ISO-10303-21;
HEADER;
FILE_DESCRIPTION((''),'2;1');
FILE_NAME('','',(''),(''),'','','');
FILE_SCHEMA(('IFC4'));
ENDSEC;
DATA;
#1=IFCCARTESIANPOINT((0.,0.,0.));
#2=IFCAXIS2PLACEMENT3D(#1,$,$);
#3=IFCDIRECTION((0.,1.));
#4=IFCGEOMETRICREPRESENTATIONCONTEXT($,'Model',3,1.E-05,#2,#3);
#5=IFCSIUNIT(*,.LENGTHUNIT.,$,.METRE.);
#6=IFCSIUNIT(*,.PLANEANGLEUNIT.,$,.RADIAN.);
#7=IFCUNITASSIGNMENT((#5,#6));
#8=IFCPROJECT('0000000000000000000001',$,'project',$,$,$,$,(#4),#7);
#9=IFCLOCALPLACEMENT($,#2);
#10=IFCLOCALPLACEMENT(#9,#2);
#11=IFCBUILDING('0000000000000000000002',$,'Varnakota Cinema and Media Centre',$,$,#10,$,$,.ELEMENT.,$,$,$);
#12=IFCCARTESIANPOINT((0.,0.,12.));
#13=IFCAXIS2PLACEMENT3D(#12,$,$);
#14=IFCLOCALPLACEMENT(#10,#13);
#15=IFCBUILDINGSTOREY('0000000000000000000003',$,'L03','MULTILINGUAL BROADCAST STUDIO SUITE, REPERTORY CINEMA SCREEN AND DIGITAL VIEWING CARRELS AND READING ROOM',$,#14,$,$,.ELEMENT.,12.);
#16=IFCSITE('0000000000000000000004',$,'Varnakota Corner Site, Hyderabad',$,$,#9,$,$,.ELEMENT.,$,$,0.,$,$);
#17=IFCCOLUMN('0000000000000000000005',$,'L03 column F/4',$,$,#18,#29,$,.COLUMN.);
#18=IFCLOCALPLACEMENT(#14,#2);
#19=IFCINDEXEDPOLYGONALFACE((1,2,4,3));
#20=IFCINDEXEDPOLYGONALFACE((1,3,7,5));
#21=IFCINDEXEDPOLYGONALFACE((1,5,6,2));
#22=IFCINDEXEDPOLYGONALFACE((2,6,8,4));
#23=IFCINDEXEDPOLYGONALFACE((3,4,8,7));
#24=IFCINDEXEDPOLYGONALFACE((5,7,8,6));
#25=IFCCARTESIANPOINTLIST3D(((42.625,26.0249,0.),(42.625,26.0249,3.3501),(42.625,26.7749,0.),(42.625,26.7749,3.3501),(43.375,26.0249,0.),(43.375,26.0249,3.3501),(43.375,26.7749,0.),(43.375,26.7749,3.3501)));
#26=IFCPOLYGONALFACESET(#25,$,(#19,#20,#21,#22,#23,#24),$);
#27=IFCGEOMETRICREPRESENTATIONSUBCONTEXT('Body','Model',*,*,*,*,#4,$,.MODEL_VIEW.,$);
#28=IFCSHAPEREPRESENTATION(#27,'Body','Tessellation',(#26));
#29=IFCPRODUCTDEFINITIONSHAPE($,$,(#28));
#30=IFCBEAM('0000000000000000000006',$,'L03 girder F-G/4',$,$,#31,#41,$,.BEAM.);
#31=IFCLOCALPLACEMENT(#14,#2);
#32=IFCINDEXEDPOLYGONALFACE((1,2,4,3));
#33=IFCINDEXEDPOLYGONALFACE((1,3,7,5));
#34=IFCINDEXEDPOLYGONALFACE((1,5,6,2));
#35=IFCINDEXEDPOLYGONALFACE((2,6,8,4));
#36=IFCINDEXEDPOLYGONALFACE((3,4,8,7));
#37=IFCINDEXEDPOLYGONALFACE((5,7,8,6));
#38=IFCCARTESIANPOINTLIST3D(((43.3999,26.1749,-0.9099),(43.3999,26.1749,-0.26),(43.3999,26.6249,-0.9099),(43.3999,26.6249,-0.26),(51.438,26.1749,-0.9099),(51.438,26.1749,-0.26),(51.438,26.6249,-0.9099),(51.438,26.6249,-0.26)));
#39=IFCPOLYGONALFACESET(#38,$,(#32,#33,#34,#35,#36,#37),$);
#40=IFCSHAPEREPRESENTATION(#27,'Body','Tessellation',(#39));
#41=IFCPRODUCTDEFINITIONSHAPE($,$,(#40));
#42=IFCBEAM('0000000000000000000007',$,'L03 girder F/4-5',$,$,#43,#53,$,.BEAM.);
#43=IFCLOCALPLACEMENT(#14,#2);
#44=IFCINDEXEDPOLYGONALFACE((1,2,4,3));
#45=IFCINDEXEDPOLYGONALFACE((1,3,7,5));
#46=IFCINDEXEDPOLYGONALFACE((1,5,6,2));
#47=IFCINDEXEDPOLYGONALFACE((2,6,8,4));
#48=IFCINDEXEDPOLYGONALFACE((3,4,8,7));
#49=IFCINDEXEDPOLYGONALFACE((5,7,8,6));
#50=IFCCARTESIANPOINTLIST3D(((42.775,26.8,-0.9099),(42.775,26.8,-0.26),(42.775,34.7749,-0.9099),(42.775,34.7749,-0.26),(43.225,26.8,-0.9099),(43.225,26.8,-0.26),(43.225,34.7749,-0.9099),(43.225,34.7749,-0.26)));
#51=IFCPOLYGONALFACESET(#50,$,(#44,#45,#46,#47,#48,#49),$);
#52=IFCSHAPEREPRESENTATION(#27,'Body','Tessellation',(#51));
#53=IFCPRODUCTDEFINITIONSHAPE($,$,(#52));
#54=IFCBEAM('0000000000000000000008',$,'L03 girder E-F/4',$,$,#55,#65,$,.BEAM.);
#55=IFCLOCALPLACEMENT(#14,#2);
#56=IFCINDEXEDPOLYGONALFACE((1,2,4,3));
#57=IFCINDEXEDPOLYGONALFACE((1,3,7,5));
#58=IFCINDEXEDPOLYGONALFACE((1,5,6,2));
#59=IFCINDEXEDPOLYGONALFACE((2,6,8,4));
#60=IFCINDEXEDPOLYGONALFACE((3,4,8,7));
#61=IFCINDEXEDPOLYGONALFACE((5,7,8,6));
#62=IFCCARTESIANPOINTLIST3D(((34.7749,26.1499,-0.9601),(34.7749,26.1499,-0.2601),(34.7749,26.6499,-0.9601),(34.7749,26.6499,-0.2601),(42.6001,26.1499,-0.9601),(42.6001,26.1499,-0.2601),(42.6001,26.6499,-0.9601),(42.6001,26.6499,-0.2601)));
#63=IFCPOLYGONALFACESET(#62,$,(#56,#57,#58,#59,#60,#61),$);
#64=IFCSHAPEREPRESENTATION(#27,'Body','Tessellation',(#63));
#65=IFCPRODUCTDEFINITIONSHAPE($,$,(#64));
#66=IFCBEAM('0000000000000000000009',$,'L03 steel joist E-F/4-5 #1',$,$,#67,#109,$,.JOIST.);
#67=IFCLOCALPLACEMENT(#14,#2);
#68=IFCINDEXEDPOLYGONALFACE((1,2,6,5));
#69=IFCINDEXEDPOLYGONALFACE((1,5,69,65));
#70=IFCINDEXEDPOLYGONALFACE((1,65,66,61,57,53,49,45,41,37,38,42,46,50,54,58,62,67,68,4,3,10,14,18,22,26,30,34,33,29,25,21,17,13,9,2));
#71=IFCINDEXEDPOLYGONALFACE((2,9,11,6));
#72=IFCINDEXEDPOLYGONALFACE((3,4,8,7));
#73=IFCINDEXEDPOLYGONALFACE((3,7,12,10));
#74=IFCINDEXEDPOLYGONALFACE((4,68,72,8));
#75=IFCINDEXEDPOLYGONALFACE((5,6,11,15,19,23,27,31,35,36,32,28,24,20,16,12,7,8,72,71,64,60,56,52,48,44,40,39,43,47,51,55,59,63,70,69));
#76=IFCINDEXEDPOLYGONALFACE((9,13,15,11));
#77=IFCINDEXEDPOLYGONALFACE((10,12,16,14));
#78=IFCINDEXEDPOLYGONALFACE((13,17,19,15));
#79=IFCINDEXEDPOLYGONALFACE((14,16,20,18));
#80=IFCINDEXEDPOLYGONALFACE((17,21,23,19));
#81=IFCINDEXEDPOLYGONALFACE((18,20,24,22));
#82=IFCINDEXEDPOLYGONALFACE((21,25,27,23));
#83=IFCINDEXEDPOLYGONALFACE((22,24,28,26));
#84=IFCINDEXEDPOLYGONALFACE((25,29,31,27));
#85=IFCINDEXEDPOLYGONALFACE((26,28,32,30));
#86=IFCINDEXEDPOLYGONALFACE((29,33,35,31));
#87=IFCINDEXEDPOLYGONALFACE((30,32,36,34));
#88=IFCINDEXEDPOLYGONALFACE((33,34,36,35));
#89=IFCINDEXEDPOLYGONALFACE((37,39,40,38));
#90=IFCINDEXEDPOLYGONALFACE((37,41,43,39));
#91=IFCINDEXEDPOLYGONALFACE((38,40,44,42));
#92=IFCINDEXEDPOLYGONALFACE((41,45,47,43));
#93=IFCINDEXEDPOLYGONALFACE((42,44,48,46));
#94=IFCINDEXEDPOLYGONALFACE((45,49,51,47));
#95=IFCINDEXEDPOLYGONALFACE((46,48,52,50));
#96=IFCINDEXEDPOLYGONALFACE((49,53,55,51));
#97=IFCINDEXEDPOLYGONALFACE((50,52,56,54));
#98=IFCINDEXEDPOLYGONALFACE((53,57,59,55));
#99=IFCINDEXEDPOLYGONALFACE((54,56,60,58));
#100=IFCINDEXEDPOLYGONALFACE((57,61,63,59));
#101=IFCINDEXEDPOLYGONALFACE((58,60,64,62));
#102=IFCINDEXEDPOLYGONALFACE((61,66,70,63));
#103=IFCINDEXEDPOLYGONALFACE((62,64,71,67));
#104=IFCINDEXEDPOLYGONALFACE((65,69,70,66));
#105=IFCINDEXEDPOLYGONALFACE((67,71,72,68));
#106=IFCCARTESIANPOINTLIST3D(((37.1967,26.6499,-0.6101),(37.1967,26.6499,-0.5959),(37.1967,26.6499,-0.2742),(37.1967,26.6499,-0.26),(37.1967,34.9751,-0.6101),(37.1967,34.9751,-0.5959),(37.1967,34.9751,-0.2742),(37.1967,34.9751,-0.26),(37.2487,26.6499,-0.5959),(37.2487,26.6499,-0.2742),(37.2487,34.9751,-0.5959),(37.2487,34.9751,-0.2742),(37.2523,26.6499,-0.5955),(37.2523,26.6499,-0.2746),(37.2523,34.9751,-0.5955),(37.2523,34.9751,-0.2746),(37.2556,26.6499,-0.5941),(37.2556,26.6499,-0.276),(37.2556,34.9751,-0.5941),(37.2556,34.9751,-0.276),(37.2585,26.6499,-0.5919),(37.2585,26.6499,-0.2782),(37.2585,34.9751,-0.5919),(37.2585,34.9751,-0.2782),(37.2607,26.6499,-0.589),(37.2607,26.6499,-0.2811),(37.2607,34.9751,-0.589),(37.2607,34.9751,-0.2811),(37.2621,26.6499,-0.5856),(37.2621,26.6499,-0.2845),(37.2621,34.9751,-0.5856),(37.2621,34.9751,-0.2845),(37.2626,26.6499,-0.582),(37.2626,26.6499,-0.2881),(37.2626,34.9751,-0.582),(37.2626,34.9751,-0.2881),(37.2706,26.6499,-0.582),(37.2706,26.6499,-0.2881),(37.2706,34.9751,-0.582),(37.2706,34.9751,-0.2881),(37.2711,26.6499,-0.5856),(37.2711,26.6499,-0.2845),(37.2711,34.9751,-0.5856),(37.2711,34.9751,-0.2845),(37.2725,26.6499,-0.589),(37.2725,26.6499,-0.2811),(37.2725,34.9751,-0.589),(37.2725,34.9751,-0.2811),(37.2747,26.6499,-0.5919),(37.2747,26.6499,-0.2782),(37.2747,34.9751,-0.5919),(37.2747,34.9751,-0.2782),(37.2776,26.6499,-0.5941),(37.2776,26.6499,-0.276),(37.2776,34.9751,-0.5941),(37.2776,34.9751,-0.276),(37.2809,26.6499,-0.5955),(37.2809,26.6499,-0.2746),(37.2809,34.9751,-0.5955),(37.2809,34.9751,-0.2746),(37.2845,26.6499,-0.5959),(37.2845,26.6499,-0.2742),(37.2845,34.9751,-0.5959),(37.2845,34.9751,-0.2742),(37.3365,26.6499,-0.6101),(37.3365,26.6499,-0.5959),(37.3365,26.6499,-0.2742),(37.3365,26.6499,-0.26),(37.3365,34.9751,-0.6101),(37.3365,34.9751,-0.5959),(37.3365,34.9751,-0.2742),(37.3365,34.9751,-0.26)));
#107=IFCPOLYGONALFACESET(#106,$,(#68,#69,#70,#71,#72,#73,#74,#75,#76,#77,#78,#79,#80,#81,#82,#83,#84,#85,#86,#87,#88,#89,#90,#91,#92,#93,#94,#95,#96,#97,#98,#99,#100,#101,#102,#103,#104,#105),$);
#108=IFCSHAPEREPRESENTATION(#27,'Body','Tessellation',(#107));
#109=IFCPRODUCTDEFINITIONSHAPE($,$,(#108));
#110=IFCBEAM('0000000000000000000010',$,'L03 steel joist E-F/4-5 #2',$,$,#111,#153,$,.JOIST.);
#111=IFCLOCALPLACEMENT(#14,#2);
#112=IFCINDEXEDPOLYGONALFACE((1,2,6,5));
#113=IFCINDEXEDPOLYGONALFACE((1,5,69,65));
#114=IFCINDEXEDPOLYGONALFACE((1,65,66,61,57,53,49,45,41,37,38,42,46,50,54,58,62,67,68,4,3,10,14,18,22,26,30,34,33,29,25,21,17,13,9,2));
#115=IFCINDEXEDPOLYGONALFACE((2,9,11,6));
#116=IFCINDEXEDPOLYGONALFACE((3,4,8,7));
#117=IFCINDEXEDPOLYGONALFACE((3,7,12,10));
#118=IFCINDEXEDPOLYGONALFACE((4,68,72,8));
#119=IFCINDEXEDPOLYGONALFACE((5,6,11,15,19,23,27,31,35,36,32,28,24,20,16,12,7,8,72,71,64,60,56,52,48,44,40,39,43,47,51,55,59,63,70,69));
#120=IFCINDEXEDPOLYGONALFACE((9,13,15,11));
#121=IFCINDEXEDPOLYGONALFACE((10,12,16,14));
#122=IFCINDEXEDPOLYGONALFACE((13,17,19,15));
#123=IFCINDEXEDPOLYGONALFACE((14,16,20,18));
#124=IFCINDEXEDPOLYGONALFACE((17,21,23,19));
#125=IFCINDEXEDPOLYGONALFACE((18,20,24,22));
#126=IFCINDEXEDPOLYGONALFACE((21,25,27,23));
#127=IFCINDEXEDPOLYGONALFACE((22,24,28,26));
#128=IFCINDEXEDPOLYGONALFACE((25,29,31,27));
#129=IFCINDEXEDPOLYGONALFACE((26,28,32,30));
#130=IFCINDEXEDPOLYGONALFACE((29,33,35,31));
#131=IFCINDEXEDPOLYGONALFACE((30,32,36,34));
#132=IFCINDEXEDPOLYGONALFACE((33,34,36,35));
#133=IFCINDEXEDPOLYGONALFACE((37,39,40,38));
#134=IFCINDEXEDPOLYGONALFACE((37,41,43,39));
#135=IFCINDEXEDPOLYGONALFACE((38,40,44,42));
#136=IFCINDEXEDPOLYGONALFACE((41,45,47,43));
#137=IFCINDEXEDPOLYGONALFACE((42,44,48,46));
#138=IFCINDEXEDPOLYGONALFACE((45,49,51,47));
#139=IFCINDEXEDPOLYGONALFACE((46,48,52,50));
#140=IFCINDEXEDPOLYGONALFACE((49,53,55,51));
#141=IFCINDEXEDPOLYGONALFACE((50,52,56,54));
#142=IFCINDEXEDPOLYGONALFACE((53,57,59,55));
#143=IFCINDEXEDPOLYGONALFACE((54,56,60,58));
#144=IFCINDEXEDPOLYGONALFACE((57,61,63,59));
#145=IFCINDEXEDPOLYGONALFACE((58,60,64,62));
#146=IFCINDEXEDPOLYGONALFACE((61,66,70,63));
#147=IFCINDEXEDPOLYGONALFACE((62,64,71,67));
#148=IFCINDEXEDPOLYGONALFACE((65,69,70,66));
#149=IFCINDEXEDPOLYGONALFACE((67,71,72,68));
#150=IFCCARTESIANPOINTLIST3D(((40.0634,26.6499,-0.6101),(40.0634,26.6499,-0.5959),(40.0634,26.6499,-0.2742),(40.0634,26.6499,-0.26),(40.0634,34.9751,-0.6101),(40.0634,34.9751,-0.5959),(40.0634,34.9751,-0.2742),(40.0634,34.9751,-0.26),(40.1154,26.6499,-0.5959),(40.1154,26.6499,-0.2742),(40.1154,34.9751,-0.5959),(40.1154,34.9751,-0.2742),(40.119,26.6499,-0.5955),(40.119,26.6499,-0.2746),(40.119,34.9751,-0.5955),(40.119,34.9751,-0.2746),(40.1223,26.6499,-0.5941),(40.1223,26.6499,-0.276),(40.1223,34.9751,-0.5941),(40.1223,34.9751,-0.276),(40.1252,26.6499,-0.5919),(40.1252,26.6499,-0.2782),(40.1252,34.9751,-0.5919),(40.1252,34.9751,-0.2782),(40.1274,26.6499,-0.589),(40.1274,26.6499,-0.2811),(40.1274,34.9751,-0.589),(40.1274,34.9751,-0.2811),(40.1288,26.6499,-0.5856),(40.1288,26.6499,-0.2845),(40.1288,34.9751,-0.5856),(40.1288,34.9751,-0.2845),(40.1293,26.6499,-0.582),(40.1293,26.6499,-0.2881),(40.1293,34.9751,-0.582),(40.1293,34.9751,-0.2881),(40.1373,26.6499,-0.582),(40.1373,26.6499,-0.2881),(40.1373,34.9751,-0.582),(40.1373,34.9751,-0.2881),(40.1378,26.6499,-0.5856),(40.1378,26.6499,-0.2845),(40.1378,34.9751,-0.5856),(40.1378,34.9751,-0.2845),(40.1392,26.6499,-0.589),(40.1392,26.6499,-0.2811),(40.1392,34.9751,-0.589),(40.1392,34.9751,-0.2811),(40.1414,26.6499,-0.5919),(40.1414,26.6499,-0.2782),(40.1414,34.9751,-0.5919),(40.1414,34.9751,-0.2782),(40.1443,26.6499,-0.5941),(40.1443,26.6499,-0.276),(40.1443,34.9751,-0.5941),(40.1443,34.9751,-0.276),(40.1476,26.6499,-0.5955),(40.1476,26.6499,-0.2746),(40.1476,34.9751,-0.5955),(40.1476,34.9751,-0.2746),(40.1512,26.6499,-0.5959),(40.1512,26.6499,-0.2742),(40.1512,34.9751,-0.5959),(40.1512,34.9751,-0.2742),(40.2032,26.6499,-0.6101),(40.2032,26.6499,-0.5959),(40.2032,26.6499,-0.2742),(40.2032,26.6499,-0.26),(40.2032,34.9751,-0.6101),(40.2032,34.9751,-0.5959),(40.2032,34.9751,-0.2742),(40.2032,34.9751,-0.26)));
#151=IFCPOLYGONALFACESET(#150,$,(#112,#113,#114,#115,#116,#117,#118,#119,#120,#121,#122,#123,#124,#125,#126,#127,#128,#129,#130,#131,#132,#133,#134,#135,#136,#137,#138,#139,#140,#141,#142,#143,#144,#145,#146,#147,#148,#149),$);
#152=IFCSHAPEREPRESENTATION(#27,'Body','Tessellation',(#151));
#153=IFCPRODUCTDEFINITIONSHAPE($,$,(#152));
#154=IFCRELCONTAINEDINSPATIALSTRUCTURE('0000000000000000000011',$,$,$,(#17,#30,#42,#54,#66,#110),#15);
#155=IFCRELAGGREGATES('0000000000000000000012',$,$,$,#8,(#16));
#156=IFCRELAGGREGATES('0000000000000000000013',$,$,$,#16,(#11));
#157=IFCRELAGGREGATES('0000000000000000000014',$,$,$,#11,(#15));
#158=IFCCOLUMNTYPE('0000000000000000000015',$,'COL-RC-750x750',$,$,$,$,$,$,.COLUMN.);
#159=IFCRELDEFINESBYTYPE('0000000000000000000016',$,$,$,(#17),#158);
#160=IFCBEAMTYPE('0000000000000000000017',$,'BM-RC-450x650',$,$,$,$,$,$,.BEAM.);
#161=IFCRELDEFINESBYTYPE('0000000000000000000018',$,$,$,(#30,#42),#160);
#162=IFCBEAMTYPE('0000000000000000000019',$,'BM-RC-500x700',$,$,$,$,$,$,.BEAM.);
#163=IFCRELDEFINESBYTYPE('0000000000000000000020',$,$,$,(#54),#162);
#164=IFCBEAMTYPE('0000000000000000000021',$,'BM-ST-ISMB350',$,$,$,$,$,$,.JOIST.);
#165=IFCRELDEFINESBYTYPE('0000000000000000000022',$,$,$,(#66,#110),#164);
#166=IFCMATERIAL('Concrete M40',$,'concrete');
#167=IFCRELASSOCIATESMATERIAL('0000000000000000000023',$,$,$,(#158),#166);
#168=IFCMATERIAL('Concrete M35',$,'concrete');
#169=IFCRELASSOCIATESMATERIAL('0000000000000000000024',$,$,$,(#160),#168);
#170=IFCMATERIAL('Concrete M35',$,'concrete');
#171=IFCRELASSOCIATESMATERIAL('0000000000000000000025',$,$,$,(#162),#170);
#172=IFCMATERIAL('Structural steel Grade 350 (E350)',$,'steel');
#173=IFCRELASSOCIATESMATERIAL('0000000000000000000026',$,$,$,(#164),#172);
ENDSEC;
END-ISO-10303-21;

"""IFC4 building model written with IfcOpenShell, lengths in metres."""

from ifc_helpers import new_model, si_unit, direction, frame, origin, origin_2d, place, context, subcontext, project, spatial, rectangle, i_section, extrude, material, material_profile, profile_set, type_object, element, save


model = new_model("IFC4")

# Units and contexts
model_context = context("Model", 3, precision=1e-05, world=origin(), true_north=direction((0.0, 1.0)))
body_context = subcontext(model_context, "Body", "Model", "MODEL_VIEW")
ifc_project = project(units=[si_unit("LENGTHUNIT", "METRE"), si_unit("PLANEANGLEUNIT", "RADIAN")], contexts=[model_context])

# Site, building, storey
site_placement = place(None, origin())
site = spatial("IfcSite", under=ifc_project, at=site_placement, Name="Varnakota Corner Site, Hyderabad", CompositionType="ELEMENT", RefElevation=0.0)
building_placement = place(site_placement, origin())
building = spatial("IfcBuilding", under=site, at=building_placement, Name="Varnakota Cinema and Media Centre", CompositionType="ELEMENT")
storey_placement = place(building_placement, frame((0.0, 0.0, 12.0)))
storey = spatial("IfcBuildingStorey", under=building, at=storey_placement, Name="L03", Description="MULTILINGUAL BROADCAST STUDIO SUITE, REPERTORY CINEMA SCREEN AND DIGITAL VIEWING CARRELS AND READING ROOM", CompositionType="ELEMENT", Elevation=12.0)

# Column
ifc_material_1 = material(Name="Concrete M40", Category="concrete")
ifc_material_profile_1 = material_profile(ifc_material_1, rectangle(XDim=0.75, YDim=0.75, at=origin_2d()), Name="RC 750x750")
ifc_profile_set_1 = profile_set([ifc_material_profile_1], Name="Concrete M40")
column_type = type_object("IfcColumnType", Name="COL-RC-750x750", PredefinedType="COLUMN", material=ifc_profile_set_1)
column_placement = place(storey_placement, frame((43.0, 26.3999, 0.0), z_axis=(0.0, 0.0, 1.0), x_axis=(1.0, 0.0, 0.0)))
element("IfcColumn", 1, at=column_placement, inside=storey, type_object=column_type, Name="L03 column F/4", PredefinedType="COLUMN", context=body_context, shape_type="SweptSolid", body=[
    extrude(rectangle(XDim=0.75, YDim=0.75, at=origin_2d()), origin(), (0.0, 0.0, 1.0), 3.3501),
])

# Beams
ifc_material_2 = material(Name="Concrete M35", Category="concrete")
ifc_material_profile_2 = material_profile(ifc_material_2, rectangle(XDim=0.45, YDim=0.6499, at=origin_2d()), Name="RCB 450x650")
ifc_profile_set_2 = profile_set([ifc_material_profile_2], Name="Concrete M35")
beam_type_1 = type_object("IfcBeamType", Name="BM-RC-450x650", PredefinedType="BEAM", material=ifc_profile_set_2)
beam_1_placement = place(storey_placement, frame((43.3999, 26.3999, -0.585), z_axis=(1.0, 0.0, 0.0), x_axis=(0.0, 1.0, 0.0)))
element("IfcBeam", 2, at=beam_1_placement, inside=storey, type_object=beam_type_1, Name="L03 girder F-G/4", PredefinedType="BEAM", context=body_context, shape_type="SweptSolid", body=[
    extrude(rectangle(XDim=0.45, YDim=0.6499, at=origin_2d()), origin(), (0.0, 0.0, 1.0), 8.0381),
])
beam_2_placement = place(storey_placement, frame((43.0, 26.8, -0.585), z_axis=(0.0, 1.0, 0.0), x_axis=(-1.0, 0.0, 0.0)))
element("IfcBeam", 3, at=beam_2_placement, inside=storey, type_object=beam_type_1, Name="L03 girder F/4-5", PredefinedType="BEAM", context=body_context, shape_type="SweptSolid", body=[
    extrude(rectangle(XDim=0.45, YDim=0.6499, at=origin_2d()), origin(), (0.0, 0.0, 1.0), 7.9749),
])
ifc_material_3 = material(Name="Concrete M35", Category="concrete")
ifc_material_profile_3 = material_profile(ifc_material_3, rectangle(XDim=0.5, YDim=0.7, at=origin_2d()), Name="RCB 500x700")
ifc_profile_set_3 = profile_set([ifc_material_profile_3], Name="Concrete M35")
beam_type_2 = type_object("IfcBeamType", Name="BM-RC-500x700", PredefinedType="BEAM", material=ifc_profile_set_3)
beam_3_placement = place(storey_placement, frame((34.7749, 26.3999, -0.6101), z_axis=(1.0, 0.0, 0.0), x_axis=(0.0, 1.0, 0.0)))
element("IfcBeam", 4, at=beam_3_placement, inside=storey, type_object=beam_type_2, Name="L03 girder E-F/4", PredefinedType="BEAM", context=body_context, shape_type="SweptSolid", body=[
    extrude(rectangle(XDim=0.5, YDim=0.7, at=origin_2d()), origin(), (0.0, 0.0, 1.0), 7.8252),
])
ifc_material_4 = material(Name="Structural steel Grade 350 (E350)", Category="steel")
ifc_material_profile_4 = material_profile(ifc_material_4, i_section(OverallWidth=0.1399, OverallDepth=0.3501, WebThickness=0.0081, FlangeThickness=0.0142, FilletRadius=0.0139, at=origin_2d()), Name="ISMB 350")
ifc_profile_set_4 = profile_set([ifc_material_profile_4], Name="Structural steel Grade 350 (E350)")
beam_type_3 = type_object("IfcBeamType", Name="BM-ST-ISMB350", PredefinedType="JOIST", material=ifc_profile_set_4)
for number, where, z_axis, x_axis, name in (
    (5, (37.2666, 26.6499, -0.4351), (0.0, 1.0, 0.0), (-1.0, 0.0, 0.0), "L03 steel joist E-F/4-5 #1"),
    (6, (40.1333, 26.6499, -0.4351), (0.0, 1.0, 0.0), (-1.0, 0.0, 0.0), "L03 steel joist E-F/4-5 #2"),
):
    element("IfcBeam", number, at=place(storey_placement, frame(where, z_axis=z_axis, x_axis=x_axis)), inside=storey, type_object=beam_type_3, Name=name, PredefinedType="JOIST", context=body_context, shape_type="SweptSolid", body=[
        extrude(i_section(OverallWidth=0.1399, OverallDepth=0.3501, WebThickness=0.0081, FlangeThickness=0.0142, FilletRadius=0.0139, at=origin_2d()), origin(), (0.0, 0.0, 1.0), 8.3252),
    ])

save(model, "model.ifc")
